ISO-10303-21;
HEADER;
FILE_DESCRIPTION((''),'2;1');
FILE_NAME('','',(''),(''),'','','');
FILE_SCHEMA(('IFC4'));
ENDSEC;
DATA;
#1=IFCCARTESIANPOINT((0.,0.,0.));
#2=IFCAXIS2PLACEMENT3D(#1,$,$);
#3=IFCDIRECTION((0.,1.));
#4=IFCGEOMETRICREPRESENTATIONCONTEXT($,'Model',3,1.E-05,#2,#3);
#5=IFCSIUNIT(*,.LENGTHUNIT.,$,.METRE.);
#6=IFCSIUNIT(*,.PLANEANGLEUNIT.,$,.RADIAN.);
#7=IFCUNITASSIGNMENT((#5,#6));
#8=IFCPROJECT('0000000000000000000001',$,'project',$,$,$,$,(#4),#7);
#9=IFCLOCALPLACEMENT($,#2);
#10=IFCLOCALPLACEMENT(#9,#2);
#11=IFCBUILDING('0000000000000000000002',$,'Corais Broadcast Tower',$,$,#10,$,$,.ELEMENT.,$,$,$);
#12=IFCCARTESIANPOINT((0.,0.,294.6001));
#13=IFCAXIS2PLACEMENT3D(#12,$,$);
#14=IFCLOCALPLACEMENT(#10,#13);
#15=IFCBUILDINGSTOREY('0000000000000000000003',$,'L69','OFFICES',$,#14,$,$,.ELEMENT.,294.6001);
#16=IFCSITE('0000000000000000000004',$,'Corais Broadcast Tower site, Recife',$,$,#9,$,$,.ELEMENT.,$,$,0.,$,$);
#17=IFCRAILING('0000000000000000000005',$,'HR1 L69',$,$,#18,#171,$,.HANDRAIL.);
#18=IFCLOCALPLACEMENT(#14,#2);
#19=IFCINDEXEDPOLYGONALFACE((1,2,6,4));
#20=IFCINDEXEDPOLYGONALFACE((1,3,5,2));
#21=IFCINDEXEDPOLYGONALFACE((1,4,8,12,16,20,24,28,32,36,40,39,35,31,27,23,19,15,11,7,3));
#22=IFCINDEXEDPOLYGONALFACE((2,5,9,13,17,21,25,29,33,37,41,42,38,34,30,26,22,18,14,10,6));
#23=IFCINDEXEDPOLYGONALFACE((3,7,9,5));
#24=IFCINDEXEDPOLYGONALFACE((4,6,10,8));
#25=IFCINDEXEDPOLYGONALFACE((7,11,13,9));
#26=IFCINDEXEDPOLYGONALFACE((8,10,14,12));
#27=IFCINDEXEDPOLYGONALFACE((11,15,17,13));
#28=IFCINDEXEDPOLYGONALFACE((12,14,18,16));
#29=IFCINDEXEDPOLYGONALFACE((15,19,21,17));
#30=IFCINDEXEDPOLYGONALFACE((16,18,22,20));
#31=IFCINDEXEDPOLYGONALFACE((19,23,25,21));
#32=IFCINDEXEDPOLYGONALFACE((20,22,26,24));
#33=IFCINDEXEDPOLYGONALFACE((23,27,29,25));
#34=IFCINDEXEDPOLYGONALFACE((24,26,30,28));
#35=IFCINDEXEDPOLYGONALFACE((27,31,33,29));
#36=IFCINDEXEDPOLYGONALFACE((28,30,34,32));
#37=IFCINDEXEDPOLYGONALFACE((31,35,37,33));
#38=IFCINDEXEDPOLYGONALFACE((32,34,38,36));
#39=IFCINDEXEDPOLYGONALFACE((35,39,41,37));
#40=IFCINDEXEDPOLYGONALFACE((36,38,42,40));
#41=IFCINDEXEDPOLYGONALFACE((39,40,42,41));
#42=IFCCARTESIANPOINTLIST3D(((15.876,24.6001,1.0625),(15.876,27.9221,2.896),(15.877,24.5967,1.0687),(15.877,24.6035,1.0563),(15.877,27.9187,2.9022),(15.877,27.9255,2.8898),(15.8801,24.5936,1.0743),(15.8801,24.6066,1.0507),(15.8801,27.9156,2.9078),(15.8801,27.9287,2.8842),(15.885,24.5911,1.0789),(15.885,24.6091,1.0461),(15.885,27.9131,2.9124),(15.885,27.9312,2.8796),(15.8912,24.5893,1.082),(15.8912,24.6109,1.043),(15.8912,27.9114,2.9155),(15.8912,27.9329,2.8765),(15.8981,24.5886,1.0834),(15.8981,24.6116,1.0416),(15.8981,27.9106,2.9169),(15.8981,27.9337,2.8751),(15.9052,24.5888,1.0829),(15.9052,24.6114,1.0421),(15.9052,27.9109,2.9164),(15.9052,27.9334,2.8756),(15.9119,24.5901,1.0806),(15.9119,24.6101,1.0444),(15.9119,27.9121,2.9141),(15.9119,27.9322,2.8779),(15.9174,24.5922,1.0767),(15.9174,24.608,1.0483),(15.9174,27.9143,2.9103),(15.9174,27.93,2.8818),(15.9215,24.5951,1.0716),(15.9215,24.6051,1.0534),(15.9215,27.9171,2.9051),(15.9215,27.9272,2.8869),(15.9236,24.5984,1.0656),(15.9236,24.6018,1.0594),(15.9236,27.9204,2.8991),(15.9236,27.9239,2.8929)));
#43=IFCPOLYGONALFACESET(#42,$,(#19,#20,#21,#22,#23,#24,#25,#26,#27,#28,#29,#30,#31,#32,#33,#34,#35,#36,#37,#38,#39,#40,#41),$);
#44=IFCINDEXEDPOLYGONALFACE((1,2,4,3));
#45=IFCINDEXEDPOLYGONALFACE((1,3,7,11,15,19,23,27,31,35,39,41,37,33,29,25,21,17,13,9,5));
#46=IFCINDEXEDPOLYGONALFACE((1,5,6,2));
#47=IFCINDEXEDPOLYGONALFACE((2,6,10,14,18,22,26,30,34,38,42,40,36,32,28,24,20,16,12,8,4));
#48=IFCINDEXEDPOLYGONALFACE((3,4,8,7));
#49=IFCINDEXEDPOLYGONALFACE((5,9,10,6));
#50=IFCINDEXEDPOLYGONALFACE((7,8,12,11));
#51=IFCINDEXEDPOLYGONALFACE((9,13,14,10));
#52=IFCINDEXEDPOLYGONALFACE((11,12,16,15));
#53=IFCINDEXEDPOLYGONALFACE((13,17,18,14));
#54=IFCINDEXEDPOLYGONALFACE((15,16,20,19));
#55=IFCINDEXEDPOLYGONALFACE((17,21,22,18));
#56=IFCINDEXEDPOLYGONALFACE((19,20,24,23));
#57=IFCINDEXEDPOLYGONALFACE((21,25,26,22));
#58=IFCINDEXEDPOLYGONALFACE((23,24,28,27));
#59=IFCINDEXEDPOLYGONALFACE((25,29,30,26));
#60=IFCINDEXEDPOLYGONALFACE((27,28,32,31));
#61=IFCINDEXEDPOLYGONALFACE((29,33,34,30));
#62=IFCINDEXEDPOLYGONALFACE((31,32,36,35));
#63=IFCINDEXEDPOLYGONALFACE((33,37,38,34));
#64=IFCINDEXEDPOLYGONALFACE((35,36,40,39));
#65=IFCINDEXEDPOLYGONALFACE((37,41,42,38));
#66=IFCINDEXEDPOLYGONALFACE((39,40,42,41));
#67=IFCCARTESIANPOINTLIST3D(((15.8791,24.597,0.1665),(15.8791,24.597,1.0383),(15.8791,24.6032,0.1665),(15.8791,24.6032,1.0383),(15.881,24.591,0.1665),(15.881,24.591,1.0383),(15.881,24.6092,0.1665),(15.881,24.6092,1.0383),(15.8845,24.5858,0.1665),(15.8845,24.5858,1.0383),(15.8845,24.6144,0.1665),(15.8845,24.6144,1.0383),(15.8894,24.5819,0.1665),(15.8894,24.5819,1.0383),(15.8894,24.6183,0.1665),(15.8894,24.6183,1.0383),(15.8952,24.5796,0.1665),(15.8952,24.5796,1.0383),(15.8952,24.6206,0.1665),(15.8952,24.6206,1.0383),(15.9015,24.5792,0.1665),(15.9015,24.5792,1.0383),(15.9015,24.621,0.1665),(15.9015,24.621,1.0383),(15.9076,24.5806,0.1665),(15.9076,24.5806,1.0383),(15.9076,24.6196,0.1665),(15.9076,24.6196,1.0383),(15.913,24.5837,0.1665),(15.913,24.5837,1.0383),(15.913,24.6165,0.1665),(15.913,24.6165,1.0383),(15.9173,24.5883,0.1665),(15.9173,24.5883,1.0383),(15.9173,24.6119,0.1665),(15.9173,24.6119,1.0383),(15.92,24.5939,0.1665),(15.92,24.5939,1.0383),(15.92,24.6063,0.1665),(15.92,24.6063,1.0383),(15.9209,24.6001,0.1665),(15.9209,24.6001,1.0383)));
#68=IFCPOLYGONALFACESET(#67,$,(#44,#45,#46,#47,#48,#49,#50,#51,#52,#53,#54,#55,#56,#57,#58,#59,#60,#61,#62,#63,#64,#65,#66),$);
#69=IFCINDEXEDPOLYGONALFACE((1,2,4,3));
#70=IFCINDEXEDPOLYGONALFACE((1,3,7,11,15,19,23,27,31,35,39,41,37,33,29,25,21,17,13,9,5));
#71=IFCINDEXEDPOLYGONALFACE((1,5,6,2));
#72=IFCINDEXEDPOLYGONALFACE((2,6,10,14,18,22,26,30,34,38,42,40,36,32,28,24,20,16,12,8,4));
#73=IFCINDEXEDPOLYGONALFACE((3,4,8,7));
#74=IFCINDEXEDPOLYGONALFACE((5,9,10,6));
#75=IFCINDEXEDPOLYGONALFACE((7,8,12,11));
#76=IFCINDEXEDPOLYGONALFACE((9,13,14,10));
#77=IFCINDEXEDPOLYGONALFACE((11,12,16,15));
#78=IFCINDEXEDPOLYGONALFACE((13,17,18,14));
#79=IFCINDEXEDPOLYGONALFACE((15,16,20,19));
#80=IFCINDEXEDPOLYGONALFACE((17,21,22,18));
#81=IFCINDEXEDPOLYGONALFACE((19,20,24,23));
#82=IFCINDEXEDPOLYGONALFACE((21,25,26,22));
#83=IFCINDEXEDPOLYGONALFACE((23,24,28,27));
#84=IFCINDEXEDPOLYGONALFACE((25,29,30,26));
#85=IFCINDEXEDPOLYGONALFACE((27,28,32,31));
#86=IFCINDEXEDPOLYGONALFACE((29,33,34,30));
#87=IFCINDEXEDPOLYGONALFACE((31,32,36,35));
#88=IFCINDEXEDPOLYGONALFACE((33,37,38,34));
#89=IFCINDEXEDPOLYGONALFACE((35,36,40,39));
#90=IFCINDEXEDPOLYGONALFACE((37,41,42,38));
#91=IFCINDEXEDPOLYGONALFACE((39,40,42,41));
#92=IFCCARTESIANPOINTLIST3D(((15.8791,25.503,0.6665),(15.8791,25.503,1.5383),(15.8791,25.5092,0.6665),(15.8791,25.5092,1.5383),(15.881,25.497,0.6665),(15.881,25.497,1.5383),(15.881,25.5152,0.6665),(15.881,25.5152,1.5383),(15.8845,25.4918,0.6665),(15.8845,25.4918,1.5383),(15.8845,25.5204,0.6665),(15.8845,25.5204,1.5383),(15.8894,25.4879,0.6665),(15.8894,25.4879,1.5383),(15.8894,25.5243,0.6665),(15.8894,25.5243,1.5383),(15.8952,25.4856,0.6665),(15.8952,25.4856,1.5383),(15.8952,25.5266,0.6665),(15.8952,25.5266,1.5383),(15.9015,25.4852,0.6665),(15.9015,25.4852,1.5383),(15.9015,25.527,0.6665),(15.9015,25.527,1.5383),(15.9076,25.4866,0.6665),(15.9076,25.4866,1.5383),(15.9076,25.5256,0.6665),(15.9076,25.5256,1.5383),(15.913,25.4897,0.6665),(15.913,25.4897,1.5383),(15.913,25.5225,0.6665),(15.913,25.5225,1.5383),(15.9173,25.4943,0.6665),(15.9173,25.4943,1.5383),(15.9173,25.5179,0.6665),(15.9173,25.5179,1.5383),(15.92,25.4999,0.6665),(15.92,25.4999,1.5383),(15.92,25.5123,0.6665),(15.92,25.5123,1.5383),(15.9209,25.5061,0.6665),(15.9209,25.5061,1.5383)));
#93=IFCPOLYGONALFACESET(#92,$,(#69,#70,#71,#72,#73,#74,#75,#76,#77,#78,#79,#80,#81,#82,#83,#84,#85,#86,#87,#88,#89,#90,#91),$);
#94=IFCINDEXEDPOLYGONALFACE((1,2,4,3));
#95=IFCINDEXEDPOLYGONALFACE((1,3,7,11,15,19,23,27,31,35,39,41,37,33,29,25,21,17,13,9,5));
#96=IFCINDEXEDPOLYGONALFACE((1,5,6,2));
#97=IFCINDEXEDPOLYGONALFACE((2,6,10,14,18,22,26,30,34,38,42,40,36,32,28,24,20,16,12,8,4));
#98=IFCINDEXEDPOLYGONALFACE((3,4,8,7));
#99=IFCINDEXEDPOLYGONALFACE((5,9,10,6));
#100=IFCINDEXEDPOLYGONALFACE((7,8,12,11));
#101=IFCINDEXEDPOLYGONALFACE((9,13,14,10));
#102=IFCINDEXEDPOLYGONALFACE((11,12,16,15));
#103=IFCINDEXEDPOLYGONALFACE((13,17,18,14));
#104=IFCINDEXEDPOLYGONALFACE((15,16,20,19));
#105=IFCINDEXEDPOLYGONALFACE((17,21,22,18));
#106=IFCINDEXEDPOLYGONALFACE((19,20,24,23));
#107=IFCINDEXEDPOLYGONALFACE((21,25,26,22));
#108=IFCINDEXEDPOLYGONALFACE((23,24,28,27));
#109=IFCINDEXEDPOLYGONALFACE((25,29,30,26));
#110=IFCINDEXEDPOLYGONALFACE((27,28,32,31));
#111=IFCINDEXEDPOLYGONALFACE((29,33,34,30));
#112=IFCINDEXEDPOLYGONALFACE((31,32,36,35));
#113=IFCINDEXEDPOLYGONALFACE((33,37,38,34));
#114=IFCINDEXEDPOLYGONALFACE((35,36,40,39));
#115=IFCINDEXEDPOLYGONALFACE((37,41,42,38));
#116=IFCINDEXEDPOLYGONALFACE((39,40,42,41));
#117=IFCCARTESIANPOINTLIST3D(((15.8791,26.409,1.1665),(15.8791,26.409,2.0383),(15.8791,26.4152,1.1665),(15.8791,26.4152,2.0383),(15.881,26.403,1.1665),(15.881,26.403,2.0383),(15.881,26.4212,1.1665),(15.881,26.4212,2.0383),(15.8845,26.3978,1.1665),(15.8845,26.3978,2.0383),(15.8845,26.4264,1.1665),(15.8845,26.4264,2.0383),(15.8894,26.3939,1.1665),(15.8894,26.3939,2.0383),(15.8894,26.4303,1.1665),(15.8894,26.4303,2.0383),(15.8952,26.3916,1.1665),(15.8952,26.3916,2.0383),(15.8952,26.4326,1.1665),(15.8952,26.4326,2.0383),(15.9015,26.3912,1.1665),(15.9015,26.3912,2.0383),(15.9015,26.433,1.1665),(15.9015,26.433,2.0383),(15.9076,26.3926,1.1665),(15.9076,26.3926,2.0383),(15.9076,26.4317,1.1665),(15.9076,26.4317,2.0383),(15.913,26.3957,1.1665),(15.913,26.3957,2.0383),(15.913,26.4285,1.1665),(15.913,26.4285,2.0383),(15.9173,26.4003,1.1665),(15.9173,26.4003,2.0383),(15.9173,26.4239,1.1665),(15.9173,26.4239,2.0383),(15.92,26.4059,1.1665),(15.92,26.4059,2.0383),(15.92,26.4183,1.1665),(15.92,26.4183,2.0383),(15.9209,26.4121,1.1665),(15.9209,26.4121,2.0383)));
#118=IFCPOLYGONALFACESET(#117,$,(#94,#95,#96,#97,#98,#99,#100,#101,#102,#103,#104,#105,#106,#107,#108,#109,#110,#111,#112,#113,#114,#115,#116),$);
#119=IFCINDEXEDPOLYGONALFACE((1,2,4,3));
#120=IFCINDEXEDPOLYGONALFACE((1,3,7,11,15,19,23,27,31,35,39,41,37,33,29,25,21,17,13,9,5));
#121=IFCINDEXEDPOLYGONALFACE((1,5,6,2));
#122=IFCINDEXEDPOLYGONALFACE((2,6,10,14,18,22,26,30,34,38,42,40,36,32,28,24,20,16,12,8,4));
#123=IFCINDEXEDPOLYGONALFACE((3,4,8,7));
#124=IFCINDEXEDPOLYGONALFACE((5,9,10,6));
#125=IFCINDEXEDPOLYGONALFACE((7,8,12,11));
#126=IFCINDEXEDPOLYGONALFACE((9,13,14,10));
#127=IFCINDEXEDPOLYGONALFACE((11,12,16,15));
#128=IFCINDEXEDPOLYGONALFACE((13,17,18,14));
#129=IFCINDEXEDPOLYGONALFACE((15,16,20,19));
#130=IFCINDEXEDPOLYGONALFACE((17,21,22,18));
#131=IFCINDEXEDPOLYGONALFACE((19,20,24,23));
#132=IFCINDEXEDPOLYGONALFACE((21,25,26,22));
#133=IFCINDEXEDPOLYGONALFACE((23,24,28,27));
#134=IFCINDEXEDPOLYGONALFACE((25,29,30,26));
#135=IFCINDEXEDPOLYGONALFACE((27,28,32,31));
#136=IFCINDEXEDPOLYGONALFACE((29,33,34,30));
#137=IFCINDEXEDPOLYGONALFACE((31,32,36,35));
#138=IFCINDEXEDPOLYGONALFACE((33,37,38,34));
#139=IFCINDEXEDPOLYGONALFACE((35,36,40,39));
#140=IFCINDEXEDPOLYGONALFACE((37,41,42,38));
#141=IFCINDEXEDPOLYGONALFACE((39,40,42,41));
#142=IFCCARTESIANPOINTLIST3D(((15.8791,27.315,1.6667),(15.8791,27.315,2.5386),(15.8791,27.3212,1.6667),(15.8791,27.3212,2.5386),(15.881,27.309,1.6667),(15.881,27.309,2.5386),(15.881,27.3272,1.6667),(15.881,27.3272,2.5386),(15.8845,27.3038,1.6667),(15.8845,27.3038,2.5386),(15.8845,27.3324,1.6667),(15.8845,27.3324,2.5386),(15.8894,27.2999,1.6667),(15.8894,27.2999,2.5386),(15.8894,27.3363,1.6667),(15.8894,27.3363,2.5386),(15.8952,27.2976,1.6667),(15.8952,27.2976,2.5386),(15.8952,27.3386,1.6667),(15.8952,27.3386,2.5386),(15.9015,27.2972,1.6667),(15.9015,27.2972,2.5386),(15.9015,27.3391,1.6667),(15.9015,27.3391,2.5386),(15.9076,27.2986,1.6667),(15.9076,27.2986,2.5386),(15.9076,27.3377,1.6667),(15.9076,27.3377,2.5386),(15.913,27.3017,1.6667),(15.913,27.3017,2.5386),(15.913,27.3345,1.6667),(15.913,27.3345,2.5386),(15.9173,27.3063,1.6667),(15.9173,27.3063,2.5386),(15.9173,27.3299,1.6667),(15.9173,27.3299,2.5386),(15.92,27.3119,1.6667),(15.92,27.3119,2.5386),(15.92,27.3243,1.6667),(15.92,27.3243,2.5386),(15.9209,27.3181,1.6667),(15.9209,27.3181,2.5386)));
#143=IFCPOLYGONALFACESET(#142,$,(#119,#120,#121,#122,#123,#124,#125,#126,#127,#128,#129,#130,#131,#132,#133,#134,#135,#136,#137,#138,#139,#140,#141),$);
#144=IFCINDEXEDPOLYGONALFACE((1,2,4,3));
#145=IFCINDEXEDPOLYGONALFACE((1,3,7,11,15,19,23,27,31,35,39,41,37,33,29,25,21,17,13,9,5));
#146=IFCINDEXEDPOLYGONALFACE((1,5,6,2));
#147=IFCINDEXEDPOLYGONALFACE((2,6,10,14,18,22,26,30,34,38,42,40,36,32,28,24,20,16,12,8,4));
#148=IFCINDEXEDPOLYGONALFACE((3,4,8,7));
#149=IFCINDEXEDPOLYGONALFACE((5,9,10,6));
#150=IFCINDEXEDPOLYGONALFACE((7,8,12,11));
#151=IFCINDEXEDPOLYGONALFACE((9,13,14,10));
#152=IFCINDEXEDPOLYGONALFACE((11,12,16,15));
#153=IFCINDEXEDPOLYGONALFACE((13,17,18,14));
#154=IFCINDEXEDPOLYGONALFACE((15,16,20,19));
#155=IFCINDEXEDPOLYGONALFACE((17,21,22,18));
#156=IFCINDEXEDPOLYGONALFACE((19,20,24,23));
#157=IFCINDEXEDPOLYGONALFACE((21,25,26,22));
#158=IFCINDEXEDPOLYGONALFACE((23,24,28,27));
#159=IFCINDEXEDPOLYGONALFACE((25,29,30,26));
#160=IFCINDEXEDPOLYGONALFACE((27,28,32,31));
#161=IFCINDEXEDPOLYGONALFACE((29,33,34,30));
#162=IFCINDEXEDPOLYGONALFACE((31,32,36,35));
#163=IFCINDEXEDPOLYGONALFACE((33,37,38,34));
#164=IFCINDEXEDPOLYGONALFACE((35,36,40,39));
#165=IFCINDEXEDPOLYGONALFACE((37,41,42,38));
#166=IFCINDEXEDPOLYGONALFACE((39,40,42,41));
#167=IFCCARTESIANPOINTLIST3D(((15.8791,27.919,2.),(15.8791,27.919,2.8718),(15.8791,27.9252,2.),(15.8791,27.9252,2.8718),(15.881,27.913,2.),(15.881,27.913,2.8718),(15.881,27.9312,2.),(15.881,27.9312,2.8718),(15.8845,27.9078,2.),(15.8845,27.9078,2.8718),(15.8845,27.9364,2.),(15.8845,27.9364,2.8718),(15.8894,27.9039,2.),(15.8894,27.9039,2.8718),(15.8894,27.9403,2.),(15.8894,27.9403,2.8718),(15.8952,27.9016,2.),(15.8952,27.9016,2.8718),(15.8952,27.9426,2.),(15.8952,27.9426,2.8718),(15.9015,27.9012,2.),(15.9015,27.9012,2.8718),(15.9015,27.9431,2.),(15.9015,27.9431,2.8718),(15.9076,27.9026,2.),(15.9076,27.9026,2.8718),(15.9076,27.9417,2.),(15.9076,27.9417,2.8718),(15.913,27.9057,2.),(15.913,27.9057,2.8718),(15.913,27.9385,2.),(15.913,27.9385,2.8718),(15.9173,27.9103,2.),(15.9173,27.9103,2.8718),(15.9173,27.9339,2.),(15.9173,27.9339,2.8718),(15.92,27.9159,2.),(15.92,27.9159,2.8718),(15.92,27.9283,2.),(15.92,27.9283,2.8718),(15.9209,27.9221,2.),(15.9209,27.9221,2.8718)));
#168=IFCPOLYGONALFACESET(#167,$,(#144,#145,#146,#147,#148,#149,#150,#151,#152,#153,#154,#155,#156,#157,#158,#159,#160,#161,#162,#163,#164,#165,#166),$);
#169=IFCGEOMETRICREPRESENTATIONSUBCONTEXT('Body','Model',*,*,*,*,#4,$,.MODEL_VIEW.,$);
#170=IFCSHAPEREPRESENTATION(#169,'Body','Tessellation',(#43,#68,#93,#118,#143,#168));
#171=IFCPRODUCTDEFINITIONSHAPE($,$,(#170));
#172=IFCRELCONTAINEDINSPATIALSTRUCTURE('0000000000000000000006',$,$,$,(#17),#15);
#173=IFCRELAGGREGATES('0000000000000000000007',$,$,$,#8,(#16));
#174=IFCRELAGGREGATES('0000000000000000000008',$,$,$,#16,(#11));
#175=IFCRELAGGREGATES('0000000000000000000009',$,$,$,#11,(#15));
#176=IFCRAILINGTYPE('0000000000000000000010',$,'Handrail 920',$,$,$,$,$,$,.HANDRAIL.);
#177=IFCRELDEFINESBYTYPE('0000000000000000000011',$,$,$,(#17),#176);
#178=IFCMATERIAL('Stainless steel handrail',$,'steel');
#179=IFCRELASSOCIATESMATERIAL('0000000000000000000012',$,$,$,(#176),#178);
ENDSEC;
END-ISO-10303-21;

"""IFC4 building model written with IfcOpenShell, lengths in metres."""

from ifc_helpers import new_model, si_unit, direction, frame, origin, origin_2d, place, context, subcontext, project, spatial, circle, extrude, material, type_object, element, save


model = new_model("IFC4")

# Units and contexts
model_context = context("Model", 3, precision=1e-05, world=origin(), true_north=direction((0.0, 1.0)))
body_context = subcontext(model_context, "Body", "Model", "MODEL_VIEW")
ifc_project = project(units=[si_unit("LENGTHUNIT", "METRE"), si_unit("PLANEANGLEUNIT", "RADIAN")], contexts=[model_context])

# Site, building, storey
site_placement = place(None, origin())
site = spatial("IfcSite", under=ifc_project, at=site_placement, Name="Corais Broadcast Tower site, Recife", CompositionType="ELEMENT", RefElevation=0.0)
building_placement = place(site_placement, origin())
building = spatial("IfcBuilding", under=site, at=building_placement, Name="Corais Broadcast Tower", CompositionType="ELEMENT")
storey_placement = place(building_placement, frame((0.0, 0.0, 294.6001)))
storey = spatial("IfcBuildingStorey", under=building, at=storey_placement, Name="L69", Description="OFFICES", CompositionType="ELEMENT", Elevation=294.6001)

# Railing
ifc_material_1 = material(Name="Stainless steel handrail", Category="steel")
railing_type = type_object("IfcRailingType", Name="Handrail 920", PredefinedType="HANDRAIL", material=ifc_material_1)
for number, where, name in (
    (1, (15.8999, 24.6001, 0.1665), "HR1 L69"),
):
    element("IfcRailing", number, at=place(storey_placement, frame(where)), inside=storey, type_object=railing_type, Name=name, PredefinedType="HANDRAIL", context=body_context, shape_type="SweptSolid", body=[
        extrude(circle(Radius=0.0239, at=origin_2d()), frame((0.0, 0.0, 0.896), z_axis=(0.0, 0.875504, 0.48321), x_axis=(-1.0, 0.0, 0.0)), (0.0, 0.0, 1.0), 3.7944),
        extrude(circle(Radius=0.021, at=origin_2d()), origin(), (0.0, 0.0, 1.0), 0.8718),
        extrude(circle(Radius=0.021, at=origin_2d()), frame((0.0, 0.906, 0.5)), (0.0, 0.0, 1.0), 0.8718),
        extrude(circle(Radius=0.021, at=origin_2d()), frame((0.0, 1.812, 1.0)), (0.0, 0.0, 1.0), 0.8718),
        extrude(circle(Radius=0.021, at=origin_2d()), frame((0.0, 2.718, 1.5002)), (0.0, 0.0, 1.0), 0.8718),
        extrude(circle(Radius=0.021, at=origin_2d()), frame((0.0, 3.322, 1.8335)), (0.0, 0.0, 1.0), 0.8718),
    ])

save(model, "model.ifc")
